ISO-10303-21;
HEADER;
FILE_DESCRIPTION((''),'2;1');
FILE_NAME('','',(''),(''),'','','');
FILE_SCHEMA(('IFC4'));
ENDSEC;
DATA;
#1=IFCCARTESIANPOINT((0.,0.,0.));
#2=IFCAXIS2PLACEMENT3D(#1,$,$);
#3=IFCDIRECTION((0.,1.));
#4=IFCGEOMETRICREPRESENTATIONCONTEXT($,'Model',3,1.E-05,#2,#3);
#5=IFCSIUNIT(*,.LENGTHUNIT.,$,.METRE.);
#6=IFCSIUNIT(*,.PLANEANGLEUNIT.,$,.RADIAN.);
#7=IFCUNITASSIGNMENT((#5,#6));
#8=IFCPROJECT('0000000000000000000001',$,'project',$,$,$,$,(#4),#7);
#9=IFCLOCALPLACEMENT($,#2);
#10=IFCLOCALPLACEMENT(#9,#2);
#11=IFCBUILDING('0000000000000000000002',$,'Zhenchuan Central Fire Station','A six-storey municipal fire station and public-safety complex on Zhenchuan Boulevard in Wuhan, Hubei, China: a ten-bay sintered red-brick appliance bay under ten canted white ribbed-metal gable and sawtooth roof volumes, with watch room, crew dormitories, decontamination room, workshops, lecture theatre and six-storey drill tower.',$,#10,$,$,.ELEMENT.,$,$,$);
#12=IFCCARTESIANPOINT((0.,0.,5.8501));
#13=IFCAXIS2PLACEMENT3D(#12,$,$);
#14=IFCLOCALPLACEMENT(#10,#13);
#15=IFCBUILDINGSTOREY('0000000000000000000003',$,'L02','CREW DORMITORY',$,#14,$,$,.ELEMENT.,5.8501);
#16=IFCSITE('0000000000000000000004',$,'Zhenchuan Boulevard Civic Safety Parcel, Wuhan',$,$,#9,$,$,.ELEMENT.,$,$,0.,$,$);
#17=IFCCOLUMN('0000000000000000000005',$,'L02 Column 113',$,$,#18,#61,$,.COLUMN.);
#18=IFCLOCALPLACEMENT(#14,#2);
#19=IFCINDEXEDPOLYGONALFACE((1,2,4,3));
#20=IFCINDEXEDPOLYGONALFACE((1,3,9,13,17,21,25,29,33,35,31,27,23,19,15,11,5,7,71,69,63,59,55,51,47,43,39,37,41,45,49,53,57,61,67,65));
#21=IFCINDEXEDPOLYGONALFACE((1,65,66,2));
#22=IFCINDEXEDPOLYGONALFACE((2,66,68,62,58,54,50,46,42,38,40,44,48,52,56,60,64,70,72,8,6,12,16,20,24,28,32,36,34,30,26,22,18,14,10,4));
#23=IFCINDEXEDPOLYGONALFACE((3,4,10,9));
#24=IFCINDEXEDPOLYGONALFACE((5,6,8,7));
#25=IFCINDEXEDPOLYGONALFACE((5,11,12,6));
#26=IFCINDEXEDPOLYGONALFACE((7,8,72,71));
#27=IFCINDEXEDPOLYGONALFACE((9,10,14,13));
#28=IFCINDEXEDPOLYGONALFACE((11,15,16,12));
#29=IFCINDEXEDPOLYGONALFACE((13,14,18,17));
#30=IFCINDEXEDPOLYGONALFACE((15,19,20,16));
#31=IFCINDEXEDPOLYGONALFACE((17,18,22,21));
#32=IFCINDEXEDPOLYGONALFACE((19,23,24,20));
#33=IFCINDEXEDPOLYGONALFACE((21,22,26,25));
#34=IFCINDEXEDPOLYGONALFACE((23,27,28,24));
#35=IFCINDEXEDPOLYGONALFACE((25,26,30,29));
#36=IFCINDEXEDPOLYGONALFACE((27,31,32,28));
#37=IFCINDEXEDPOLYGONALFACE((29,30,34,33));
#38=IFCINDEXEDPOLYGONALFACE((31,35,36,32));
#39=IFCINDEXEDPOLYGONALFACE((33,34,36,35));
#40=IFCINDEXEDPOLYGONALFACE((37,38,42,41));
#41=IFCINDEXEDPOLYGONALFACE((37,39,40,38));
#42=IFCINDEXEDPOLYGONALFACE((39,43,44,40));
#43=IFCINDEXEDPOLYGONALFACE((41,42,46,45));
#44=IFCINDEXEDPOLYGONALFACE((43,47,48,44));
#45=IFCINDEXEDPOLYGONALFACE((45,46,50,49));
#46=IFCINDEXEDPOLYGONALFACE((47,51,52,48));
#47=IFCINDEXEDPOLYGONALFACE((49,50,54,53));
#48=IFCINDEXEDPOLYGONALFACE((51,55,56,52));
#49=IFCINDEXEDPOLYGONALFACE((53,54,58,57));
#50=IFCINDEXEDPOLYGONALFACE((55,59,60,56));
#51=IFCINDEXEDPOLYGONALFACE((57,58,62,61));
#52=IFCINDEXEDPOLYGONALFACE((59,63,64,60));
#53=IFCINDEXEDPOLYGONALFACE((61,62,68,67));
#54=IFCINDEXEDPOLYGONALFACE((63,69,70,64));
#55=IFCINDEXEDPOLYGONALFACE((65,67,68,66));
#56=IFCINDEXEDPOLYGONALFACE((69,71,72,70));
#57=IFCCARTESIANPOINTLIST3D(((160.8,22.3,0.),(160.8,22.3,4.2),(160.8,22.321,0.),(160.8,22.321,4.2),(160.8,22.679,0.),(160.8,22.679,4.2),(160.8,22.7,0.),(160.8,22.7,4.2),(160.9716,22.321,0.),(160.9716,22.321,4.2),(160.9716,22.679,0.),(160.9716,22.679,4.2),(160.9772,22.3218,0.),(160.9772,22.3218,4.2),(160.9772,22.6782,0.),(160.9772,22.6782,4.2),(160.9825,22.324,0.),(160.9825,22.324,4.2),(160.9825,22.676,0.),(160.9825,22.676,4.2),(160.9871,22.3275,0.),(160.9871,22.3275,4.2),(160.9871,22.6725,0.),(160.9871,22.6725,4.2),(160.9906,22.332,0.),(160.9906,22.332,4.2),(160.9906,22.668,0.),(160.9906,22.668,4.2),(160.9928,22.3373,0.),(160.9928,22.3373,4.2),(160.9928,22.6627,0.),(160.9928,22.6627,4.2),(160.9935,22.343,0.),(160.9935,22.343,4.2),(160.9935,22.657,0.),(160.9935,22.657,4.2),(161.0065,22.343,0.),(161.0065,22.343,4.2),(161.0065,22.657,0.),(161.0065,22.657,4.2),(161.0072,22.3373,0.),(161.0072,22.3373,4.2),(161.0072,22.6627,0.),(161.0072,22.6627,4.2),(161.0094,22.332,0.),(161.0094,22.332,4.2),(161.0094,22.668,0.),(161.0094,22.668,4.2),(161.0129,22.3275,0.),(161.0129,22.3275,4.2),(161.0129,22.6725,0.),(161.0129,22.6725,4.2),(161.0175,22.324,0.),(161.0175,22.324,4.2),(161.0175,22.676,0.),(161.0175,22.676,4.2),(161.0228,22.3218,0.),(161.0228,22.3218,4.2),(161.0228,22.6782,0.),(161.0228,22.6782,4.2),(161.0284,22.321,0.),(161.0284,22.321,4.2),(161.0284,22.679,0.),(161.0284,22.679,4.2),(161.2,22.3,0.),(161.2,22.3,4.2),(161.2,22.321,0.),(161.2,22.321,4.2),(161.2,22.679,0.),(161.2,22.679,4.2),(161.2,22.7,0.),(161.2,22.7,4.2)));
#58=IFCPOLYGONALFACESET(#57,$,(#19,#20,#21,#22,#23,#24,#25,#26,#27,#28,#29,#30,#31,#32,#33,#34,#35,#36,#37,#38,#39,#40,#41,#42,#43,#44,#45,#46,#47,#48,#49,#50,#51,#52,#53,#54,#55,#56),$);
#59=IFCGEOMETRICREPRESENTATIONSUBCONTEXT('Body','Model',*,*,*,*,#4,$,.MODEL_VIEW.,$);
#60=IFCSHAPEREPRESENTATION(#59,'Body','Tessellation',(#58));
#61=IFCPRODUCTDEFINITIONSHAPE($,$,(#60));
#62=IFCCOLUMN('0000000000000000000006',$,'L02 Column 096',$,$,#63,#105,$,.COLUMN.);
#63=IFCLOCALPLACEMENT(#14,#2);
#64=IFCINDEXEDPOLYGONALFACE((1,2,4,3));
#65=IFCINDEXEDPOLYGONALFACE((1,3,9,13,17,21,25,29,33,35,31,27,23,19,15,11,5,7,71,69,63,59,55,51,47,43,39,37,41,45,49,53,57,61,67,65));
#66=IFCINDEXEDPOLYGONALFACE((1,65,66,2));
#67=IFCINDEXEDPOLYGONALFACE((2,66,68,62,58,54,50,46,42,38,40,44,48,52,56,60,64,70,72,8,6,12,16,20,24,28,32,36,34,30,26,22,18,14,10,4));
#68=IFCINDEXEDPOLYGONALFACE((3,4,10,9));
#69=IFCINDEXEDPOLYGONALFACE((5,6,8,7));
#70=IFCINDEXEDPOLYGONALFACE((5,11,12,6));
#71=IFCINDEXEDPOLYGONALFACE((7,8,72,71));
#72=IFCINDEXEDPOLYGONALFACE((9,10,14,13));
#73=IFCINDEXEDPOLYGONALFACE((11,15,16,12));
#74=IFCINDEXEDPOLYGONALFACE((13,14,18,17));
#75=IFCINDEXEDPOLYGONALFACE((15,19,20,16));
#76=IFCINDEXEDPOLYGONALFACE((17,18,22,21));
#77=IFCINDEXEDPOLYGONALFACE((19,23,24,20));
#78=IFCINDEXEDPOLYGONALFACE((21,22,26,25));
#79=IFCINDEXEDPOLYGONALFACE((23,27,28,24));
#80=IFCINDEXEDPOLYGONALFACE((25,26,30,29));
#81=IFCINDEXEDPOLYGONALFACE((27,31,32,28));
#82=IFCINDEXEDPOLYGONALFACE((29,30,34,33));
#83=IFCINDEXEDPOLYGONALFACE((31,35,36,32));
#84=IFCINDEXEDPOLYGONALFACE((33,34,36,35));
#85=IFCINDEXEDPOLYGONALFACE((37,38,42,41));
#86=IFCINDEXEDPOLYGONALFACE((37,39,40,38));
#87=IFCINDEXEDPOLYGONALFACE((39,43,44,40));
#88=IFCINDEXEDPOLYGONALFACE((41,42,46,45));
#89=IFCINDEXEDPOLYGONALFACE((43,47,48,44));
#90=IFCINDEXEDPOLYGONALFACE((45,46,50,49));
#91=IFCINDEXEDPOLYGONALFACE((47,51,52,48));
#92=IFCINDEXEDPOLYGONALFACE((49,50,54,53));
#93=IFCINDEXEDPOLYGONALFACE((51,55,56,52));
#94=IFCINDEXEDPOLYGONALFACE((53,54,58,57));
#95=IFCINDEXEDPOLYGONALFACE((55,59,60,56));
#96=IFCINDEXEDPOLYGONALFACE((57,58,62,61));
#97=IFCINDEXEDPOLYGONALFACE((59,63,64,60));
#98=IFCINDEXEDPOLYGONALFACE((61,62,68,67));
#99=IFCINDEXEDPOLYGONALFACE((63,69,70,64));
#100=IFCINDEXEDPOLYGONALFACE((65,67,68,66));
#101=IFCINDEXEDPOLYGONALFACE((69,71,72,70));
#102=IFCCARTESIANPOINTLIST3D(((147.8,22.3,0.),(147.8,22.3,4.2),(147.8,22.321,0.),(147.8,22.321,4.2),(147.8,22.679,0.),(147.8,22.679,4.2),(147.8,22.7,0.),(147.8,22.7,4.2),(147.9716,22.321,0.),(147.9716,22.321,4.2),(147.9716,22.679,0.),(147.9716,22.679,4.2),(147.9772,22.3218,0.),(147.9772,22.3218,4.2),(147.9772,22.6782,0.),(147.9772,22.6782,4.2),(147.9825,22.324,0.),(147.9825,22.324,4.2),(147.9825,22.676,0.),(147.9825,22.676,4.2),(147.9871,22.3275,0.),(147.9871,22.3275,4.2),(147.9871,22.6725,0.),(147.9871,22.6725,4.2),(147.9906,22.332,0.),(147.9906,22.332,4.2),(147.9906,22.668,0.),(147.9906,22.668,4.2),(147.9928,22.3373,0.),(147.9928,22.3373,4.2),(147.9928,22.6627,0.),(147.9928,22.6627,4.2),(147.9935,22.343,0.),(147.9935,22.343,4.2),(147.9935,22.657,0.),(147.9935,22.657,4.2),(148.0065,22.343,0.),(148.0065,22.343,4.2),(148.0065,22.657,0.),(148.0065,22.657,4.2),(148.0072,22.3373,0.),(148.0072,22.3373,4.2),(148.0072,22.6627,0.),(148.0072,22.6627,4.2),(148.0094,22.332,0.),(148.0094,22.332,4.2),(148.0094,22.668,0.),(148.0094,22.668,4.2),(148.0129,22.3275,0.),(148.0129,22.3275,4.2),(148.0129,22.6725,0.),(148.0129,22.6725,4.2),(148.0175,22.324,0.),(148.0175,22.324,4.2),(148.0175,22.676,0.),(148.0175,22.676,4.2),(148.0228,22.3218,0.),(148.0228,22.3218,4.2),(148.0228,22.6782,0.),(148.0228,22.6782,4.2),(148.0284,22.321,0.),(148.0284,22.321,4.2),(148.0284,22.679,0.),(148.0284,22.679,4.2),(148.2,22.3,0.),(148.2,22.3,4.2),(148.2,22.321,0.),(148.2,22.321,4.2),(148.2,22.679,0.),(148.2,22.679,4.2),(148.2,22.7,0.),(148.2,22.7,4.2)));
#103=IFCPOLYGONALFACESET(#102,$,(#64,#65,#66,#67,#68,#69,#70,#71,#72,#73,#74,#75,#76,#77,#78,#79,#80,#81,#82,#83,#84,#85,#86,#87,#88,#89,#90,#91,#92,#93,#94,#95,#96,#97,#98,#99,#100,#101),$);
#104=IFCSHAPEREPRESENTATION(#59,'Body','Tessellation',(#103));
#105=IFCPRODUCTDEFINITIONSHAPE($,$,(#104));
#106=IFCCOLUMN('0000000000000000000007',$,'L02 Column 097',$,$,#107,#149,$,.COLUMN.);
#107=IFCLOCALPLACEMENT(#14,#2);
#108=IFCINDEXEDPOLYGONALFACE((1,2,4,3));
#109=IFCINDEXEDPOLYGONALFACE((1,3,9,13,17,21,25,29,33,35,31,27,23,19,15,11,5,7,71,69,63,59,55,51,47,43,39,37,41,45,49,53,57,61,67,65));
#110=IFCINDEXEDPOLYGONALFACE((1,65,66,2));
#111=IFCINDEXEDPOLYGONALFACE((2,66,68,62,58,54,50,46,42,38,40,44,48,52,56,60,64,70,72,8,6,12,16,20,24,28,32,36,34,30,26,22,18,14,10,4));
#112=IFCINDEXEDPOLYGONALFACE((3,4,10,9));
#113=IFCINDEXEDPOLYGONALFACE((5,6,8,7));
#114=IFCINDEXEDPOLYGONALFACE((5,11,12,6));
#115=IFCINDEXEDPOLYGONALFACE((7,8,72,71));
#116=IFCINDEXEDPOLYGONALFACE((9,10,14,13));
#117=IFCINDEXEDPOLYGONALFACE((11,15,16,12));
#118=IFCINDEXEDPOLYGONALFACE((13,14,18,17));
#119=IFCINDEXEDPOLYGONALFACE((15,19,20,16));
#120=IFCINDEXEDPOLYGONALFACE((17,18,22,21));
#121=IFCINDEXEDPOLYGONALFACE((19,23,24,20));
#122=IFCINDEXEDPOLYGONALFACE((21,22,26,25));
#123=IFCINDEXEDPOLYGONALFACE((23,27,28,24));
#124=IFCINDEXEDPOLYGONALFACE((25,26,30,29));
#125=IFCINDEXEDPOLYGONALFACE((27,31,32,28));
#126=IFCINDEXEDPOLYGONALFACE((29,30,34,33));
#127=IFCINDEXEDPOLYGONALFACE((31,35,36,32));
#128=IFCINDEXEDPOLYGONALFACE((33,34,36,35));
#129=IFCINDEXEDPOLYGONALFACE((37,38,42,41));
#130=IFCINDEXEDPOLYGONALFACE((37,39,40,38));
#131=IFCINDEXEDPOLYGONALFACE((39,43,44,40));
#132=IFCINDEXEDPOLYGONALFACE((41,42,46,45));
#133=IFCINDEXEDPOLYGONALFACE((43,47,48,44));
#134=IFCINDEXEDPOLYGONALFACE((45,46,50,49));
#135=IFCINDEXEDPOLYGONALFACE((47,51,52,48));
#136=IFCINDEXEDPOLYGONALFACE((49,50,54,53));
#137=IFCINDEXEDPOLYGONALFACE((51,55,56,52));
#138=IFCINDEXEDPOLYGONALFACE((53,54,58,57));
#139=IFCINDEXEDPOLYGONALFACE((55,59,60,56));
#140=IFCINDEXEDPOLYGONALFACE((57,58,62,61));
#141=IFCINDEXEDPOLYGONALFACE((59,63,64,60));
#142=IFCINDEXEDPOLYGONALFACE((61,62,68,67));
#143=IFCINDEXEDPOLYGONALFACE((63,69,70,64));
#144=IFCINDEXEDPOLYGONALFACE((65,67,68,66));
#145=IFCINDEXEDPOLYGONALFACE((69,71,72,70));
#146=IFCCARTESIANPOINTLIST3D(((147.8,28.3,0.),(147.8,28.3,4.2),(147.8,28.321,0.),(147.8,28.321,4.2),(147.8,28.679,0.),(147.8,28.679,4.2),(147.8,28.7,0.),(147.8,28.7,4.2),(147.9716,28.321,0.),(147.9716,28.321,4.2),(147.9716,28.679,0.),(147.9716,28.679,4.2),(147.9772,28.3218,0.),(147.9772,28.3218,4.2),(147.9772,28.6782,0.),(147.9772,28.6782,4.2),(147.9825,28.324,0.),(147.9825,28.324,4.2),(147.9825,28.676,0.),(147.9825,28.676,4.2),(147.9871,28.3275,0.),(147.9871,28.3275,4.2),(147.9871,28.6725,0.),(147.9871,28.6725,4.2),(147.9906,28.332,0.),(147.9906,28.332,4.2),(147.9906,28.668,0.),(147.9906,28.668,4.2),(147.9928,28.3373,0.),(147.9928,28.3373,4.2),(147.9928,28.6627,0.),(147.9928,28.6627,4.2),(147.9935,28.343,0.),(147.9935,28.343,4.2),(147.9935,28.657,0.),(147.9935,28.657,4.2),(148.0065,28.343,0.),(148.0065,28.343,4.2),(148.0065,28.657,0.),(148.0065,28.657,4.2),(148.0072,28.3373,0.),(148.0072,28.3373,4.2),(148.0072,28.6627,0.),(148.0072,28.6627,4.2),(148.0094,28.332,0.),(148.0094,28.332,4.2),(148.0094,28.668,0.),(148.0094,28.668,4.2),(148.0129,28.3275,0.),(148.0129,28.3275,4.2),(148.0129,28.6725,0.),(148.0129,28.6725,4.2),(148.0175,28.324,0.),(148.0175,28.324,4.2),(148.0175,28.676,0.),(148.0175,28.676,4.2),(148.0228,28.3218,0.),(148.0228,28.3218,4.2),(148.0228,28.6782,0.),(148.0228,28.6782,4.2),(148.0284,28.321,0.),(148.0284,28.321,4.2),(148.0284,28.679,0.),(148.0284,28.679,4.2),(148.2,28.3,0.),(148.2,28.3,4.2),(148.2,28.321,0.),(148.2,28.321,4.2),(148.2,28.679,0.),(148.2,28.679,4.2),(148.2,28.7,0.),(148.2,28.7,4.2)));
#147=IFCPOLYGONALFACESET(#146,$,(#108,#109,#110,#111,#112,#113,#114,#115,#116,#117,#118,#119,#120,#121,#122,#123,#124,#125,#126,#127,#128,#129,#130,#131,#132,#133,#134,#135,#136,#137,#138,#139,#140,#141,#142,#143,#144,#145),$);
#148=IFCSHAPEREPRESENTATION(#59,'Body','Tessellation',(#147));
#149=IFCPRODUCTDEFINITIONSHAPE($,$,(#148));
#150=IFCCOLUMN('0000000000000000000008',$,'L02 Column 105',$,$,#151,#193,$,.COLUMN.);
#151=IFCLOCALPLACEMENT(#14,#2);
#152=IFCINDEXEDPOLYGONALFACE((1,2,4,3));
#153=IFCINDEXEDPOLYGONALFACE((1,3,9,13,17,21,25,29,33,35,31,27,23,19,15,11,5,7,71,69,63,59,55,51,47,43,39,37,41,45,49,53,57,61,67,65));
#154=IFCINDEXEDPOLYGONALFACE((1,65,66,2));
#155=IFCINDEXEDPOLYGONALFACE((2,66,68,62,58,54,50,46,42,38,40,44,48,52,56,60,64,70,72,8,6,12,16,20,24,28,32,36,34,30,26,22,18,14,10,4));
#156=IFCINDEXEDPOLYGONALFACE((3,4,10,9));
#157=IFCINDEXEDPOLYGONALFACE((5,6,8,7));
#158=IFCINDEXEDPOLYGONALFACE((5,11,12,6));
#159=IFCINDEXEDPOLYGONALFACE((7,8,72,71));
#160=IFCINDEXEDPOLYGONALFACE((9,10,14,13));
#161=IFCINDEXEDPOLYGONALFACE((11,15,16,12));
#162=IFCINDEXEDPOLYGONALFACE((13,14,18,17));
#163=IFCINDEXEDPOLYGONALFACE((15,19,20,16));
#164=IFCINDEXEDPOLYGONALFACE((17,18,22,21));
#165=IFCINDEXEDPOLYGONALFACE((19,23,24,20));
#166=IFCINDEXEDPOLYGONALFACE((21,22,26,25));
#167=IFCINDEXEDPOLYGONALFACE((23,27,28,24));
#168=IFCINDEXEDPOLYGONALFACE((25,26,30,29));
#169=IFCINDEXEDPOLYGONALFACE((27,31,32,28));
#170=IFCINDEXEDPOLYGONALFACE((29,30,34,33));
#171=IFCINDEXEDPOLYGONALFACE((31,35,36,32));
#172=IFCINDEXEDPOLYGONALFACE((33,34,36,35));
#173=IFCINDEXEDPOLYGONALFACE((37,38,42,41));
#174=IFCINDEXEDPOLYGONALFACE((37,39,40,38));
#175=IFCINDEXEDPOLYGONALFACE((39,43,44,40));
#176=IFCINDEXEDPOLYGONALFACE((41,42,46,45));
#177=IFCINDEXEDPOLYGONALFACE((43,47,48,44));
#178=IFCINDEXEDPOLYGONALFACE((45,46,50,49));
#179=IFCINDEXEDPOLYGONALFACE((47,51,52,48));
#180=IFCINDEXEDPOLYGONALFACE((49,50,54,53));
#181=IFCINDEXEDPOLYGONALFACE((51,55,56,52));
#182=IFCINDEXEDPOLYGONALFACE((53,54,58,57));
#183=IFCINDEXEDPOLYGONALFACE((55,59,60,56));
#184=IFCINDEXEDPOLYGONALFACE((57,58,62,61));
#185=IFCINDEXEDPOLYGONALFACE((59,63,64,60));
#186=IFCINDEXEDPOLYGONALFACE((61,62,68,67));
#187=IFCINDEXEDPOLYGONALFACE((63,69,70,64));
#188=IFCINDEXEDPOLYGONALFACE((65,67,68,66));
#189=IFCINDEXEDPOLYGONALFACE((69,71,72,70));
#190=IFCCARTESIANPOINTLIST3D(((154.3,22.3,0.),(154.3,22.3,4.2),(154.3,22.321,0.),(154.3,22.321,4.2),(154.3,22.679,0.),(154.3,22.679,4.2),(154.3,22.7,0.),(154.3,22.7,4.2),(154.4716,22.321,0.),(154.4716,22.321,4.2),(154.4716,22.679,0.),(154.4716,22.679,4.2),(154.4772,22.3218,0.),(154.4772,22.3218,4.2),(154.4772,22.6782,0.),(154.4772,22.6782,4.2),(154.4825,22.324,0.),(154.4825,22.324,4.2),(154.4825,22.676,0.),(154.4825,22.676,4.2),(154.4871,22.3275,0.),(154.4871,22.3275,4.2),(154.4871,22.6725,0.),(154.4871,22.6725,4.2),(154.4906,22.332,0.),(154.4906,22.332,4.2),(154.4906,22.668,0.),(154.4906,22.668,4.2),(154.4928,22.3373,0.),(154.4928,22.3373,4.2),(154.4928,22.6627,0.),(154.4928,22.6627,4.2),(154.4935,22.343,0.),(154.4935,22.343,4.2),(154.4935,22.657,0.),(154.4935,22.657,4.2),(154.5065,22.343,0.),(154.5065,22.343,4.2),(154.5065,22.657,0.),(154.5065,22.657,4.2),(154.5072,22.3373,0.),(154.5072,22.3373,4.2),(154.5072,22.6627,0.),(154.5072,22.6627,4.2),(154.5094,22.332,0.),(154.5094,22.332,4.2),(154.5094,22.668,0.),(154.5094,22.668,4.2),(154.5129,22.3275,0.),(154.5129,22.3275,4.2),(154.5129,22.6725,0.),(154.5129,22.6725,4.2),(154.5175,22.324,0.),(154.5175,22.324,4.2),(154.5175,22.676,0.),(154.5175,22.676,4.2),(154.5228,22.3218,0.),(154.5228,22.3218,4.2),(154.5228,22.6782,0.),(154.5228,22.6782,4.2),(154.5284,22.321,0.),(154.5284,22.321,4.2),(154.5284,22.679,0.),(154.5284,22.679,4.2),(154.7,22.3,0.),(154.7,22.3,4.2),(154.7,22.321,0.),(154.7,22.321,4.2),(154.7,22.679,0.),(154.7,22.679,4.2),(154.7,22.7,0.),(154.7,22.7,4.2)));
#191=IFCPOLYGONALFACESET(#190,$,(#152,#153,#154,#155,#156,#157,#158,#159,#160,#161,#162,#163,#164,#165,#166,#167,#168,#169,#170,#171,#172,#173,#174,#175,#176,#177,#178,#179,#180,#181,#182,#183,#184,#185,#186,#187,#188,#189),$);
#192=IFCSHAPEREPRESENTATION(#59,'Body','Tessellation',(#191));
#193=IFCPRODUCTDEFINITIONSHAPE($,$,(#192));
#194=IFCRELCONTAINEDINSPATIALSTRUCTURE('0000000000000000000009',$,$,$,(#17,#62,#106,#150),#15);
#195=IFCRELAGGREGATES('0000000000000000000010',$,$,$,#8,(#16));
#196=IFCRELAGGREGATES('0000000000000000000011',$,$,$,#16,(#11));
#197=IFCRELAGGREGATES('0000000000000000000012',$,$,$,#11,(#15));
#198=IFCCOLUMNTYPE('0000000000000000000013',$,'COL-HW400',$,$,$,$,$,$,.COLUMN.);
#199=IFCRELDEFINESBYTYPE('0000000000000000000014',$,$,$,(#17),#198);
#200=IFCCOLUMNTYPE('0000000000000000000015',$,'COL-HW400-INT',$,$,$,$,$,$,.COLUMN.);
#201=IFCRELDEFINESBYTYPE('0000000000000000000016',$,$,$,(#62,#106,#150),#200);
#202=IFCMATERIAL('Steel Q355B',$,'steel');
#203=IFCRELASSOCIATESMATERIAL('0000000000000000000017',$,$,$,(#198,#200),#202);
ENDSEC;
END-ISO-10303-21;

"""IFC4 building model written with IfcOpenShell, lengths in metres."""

from ifc_helpers import new_model, si_unit, direction, frame, origin, origin_2d, place, context, subcontext, project, spatial, i_section, extrude, material, material_profile, profile_set, type_object, element, save


model = new_model("IFC4")

# Units and contexts
model_context = context("Model", 3, precision=1e-05, world=origin(), true_north=direction((0.0, 1.0)))
body_context = subcontext(model_context, "Body", "Model", "MODEL_VIEW")
ifc_project = project(units=[si_unit("LENGTHUNIT", "METRE"), si_unit("PLANEANGLEUNIT", "RADIAN")], contexts=[model_context])

# Site, building, storey
site_placement = place(None, origin())
site = spatial("IfcSite", under=ifc_project, at=site_placement, Name="Zhenchuan Boulevard Civic Safety Parcel, Wuhan", CompositionType="ELEMENT", RefElevation=0.0)
building_placement = place(site_placement, origin())
building = spatial("IfcBuilding", under=site, at=building_placement, Name="Zhenchuan Central Fire Station", Description="A six-storey municipal fire station and public-safety complex on Zhenchuan Boulevard in Wuhan, Hubei, China: a ten-bay sintered red-brick appliance bay under ten canted white ribbed-metal gable and sawtooth roof volumes, with watch room, crew dormitories, decontamination room, workshops, lecture theatre and six-storey drill tower.", CompositionType="ELEMENT")
storey_placement = place(building_placement, frame((0.0, 0.0, 5.8501)))
storey = spatial("IfcBuildingStorey", under=building, at=storey_placement, Name="L02", Description="CREW DORMITORY", CompositionType="ELEMENT", Elevation=5.8501)

# Columns
ifc_material_1 = material(Name="Steel Q355B", Category="steel")
ifc_material_profile_1 = material_profile(ifc_material_1, i_section(OverallWidth=0.3999, OverallDepth=0.3999, WebThickness=0.0129, FlangeThickness=0.021, FilletRadius=0.022, at=origin_2d()), Name="HW 400x400")
ifc_profile_set_1 = profile_set([ifc_material_profile_1], Name="Steel Q355B")
column_type_1 = type_object("IfcColumnType", Name="COL-HW400", PredefinedType="COLUMN", material=ifc_profile_set_1)
column_placement = place(storey_placement, frame((161.0, 22.5, 0.0), z_axis=(0.0, 0.0, 1.0), x_axis=(1.0, 0.0, 0.0)))
element("IfcColumn", 1, at=column_placement, inside=storey, type_object=column_type_1, Name="L02 Column 113", PredefinedType="COLUMN", context=body_context, shape_type="SweptSolid", body=[
    extrude(i_section(OverallWidth=0.3999, OverallDepth=0.3999, WebThickness=0.0129, FlangeThickness=0.021, FilletRadius=0.022, at=origin_2d()), origin(), (0.0, 0.0, 1.0), 4.2),
])
ifc_material_profile_2 = material_profile(ifc_material_1, i_section(OverallWidth=0.3999, OverallDepth=0.3999, WebThickness=0.0129, FlangeThickness=0.021, FilletRadius=0.022, at=origin_2d()), Name="HW 400x400")
ifc_profile_set_2 = profile_set([ifc_material_profile_2], Name="Steel Q355B")
column_type_2 = type_object("IfcColumnType", Name="COL-HW400-INT", PredefinedType="COLUMN", material=ifc_profile_set_2)
for number, where, z_axis, x_axis, name in (
    (2, (148.0, 22.5, 0.0), (0.0, 0.0, 1.0), (1.0, 0.0, 0.0), "L02 Column 096"),
    (3, (148.0, 28.5, 0.0), (0.0, 0.0, 1.0), (1.0, 0.0, 0.0), "L02 Column 097"),
    (4, (154.5, 22.5, 0.0), (0.0, 0.0, 1.0), (1.0, 0.0, 0.0), "L02 Column 105"),
):
    element("IfcColumn", number, at=place(storey_placement, frame(where, z_axis=z_axis, x_axis=x_axis)), inside=storey, type_object=column_type_2, Name=name, PredefinedType="COLUMN", context=body_context, shape_type="SweptSolid", body=[
        extrude(i_section(OverallWidth=0.3999, OverallDepth=0.3999, WebThickness=0.0129, FlangeThickness=0.021, FilletRadius=0.022, at=origin_2d()), origin(), (0.0, 0.0, 1.0), 4.2),
    ])

save(model, "model.ifc")
